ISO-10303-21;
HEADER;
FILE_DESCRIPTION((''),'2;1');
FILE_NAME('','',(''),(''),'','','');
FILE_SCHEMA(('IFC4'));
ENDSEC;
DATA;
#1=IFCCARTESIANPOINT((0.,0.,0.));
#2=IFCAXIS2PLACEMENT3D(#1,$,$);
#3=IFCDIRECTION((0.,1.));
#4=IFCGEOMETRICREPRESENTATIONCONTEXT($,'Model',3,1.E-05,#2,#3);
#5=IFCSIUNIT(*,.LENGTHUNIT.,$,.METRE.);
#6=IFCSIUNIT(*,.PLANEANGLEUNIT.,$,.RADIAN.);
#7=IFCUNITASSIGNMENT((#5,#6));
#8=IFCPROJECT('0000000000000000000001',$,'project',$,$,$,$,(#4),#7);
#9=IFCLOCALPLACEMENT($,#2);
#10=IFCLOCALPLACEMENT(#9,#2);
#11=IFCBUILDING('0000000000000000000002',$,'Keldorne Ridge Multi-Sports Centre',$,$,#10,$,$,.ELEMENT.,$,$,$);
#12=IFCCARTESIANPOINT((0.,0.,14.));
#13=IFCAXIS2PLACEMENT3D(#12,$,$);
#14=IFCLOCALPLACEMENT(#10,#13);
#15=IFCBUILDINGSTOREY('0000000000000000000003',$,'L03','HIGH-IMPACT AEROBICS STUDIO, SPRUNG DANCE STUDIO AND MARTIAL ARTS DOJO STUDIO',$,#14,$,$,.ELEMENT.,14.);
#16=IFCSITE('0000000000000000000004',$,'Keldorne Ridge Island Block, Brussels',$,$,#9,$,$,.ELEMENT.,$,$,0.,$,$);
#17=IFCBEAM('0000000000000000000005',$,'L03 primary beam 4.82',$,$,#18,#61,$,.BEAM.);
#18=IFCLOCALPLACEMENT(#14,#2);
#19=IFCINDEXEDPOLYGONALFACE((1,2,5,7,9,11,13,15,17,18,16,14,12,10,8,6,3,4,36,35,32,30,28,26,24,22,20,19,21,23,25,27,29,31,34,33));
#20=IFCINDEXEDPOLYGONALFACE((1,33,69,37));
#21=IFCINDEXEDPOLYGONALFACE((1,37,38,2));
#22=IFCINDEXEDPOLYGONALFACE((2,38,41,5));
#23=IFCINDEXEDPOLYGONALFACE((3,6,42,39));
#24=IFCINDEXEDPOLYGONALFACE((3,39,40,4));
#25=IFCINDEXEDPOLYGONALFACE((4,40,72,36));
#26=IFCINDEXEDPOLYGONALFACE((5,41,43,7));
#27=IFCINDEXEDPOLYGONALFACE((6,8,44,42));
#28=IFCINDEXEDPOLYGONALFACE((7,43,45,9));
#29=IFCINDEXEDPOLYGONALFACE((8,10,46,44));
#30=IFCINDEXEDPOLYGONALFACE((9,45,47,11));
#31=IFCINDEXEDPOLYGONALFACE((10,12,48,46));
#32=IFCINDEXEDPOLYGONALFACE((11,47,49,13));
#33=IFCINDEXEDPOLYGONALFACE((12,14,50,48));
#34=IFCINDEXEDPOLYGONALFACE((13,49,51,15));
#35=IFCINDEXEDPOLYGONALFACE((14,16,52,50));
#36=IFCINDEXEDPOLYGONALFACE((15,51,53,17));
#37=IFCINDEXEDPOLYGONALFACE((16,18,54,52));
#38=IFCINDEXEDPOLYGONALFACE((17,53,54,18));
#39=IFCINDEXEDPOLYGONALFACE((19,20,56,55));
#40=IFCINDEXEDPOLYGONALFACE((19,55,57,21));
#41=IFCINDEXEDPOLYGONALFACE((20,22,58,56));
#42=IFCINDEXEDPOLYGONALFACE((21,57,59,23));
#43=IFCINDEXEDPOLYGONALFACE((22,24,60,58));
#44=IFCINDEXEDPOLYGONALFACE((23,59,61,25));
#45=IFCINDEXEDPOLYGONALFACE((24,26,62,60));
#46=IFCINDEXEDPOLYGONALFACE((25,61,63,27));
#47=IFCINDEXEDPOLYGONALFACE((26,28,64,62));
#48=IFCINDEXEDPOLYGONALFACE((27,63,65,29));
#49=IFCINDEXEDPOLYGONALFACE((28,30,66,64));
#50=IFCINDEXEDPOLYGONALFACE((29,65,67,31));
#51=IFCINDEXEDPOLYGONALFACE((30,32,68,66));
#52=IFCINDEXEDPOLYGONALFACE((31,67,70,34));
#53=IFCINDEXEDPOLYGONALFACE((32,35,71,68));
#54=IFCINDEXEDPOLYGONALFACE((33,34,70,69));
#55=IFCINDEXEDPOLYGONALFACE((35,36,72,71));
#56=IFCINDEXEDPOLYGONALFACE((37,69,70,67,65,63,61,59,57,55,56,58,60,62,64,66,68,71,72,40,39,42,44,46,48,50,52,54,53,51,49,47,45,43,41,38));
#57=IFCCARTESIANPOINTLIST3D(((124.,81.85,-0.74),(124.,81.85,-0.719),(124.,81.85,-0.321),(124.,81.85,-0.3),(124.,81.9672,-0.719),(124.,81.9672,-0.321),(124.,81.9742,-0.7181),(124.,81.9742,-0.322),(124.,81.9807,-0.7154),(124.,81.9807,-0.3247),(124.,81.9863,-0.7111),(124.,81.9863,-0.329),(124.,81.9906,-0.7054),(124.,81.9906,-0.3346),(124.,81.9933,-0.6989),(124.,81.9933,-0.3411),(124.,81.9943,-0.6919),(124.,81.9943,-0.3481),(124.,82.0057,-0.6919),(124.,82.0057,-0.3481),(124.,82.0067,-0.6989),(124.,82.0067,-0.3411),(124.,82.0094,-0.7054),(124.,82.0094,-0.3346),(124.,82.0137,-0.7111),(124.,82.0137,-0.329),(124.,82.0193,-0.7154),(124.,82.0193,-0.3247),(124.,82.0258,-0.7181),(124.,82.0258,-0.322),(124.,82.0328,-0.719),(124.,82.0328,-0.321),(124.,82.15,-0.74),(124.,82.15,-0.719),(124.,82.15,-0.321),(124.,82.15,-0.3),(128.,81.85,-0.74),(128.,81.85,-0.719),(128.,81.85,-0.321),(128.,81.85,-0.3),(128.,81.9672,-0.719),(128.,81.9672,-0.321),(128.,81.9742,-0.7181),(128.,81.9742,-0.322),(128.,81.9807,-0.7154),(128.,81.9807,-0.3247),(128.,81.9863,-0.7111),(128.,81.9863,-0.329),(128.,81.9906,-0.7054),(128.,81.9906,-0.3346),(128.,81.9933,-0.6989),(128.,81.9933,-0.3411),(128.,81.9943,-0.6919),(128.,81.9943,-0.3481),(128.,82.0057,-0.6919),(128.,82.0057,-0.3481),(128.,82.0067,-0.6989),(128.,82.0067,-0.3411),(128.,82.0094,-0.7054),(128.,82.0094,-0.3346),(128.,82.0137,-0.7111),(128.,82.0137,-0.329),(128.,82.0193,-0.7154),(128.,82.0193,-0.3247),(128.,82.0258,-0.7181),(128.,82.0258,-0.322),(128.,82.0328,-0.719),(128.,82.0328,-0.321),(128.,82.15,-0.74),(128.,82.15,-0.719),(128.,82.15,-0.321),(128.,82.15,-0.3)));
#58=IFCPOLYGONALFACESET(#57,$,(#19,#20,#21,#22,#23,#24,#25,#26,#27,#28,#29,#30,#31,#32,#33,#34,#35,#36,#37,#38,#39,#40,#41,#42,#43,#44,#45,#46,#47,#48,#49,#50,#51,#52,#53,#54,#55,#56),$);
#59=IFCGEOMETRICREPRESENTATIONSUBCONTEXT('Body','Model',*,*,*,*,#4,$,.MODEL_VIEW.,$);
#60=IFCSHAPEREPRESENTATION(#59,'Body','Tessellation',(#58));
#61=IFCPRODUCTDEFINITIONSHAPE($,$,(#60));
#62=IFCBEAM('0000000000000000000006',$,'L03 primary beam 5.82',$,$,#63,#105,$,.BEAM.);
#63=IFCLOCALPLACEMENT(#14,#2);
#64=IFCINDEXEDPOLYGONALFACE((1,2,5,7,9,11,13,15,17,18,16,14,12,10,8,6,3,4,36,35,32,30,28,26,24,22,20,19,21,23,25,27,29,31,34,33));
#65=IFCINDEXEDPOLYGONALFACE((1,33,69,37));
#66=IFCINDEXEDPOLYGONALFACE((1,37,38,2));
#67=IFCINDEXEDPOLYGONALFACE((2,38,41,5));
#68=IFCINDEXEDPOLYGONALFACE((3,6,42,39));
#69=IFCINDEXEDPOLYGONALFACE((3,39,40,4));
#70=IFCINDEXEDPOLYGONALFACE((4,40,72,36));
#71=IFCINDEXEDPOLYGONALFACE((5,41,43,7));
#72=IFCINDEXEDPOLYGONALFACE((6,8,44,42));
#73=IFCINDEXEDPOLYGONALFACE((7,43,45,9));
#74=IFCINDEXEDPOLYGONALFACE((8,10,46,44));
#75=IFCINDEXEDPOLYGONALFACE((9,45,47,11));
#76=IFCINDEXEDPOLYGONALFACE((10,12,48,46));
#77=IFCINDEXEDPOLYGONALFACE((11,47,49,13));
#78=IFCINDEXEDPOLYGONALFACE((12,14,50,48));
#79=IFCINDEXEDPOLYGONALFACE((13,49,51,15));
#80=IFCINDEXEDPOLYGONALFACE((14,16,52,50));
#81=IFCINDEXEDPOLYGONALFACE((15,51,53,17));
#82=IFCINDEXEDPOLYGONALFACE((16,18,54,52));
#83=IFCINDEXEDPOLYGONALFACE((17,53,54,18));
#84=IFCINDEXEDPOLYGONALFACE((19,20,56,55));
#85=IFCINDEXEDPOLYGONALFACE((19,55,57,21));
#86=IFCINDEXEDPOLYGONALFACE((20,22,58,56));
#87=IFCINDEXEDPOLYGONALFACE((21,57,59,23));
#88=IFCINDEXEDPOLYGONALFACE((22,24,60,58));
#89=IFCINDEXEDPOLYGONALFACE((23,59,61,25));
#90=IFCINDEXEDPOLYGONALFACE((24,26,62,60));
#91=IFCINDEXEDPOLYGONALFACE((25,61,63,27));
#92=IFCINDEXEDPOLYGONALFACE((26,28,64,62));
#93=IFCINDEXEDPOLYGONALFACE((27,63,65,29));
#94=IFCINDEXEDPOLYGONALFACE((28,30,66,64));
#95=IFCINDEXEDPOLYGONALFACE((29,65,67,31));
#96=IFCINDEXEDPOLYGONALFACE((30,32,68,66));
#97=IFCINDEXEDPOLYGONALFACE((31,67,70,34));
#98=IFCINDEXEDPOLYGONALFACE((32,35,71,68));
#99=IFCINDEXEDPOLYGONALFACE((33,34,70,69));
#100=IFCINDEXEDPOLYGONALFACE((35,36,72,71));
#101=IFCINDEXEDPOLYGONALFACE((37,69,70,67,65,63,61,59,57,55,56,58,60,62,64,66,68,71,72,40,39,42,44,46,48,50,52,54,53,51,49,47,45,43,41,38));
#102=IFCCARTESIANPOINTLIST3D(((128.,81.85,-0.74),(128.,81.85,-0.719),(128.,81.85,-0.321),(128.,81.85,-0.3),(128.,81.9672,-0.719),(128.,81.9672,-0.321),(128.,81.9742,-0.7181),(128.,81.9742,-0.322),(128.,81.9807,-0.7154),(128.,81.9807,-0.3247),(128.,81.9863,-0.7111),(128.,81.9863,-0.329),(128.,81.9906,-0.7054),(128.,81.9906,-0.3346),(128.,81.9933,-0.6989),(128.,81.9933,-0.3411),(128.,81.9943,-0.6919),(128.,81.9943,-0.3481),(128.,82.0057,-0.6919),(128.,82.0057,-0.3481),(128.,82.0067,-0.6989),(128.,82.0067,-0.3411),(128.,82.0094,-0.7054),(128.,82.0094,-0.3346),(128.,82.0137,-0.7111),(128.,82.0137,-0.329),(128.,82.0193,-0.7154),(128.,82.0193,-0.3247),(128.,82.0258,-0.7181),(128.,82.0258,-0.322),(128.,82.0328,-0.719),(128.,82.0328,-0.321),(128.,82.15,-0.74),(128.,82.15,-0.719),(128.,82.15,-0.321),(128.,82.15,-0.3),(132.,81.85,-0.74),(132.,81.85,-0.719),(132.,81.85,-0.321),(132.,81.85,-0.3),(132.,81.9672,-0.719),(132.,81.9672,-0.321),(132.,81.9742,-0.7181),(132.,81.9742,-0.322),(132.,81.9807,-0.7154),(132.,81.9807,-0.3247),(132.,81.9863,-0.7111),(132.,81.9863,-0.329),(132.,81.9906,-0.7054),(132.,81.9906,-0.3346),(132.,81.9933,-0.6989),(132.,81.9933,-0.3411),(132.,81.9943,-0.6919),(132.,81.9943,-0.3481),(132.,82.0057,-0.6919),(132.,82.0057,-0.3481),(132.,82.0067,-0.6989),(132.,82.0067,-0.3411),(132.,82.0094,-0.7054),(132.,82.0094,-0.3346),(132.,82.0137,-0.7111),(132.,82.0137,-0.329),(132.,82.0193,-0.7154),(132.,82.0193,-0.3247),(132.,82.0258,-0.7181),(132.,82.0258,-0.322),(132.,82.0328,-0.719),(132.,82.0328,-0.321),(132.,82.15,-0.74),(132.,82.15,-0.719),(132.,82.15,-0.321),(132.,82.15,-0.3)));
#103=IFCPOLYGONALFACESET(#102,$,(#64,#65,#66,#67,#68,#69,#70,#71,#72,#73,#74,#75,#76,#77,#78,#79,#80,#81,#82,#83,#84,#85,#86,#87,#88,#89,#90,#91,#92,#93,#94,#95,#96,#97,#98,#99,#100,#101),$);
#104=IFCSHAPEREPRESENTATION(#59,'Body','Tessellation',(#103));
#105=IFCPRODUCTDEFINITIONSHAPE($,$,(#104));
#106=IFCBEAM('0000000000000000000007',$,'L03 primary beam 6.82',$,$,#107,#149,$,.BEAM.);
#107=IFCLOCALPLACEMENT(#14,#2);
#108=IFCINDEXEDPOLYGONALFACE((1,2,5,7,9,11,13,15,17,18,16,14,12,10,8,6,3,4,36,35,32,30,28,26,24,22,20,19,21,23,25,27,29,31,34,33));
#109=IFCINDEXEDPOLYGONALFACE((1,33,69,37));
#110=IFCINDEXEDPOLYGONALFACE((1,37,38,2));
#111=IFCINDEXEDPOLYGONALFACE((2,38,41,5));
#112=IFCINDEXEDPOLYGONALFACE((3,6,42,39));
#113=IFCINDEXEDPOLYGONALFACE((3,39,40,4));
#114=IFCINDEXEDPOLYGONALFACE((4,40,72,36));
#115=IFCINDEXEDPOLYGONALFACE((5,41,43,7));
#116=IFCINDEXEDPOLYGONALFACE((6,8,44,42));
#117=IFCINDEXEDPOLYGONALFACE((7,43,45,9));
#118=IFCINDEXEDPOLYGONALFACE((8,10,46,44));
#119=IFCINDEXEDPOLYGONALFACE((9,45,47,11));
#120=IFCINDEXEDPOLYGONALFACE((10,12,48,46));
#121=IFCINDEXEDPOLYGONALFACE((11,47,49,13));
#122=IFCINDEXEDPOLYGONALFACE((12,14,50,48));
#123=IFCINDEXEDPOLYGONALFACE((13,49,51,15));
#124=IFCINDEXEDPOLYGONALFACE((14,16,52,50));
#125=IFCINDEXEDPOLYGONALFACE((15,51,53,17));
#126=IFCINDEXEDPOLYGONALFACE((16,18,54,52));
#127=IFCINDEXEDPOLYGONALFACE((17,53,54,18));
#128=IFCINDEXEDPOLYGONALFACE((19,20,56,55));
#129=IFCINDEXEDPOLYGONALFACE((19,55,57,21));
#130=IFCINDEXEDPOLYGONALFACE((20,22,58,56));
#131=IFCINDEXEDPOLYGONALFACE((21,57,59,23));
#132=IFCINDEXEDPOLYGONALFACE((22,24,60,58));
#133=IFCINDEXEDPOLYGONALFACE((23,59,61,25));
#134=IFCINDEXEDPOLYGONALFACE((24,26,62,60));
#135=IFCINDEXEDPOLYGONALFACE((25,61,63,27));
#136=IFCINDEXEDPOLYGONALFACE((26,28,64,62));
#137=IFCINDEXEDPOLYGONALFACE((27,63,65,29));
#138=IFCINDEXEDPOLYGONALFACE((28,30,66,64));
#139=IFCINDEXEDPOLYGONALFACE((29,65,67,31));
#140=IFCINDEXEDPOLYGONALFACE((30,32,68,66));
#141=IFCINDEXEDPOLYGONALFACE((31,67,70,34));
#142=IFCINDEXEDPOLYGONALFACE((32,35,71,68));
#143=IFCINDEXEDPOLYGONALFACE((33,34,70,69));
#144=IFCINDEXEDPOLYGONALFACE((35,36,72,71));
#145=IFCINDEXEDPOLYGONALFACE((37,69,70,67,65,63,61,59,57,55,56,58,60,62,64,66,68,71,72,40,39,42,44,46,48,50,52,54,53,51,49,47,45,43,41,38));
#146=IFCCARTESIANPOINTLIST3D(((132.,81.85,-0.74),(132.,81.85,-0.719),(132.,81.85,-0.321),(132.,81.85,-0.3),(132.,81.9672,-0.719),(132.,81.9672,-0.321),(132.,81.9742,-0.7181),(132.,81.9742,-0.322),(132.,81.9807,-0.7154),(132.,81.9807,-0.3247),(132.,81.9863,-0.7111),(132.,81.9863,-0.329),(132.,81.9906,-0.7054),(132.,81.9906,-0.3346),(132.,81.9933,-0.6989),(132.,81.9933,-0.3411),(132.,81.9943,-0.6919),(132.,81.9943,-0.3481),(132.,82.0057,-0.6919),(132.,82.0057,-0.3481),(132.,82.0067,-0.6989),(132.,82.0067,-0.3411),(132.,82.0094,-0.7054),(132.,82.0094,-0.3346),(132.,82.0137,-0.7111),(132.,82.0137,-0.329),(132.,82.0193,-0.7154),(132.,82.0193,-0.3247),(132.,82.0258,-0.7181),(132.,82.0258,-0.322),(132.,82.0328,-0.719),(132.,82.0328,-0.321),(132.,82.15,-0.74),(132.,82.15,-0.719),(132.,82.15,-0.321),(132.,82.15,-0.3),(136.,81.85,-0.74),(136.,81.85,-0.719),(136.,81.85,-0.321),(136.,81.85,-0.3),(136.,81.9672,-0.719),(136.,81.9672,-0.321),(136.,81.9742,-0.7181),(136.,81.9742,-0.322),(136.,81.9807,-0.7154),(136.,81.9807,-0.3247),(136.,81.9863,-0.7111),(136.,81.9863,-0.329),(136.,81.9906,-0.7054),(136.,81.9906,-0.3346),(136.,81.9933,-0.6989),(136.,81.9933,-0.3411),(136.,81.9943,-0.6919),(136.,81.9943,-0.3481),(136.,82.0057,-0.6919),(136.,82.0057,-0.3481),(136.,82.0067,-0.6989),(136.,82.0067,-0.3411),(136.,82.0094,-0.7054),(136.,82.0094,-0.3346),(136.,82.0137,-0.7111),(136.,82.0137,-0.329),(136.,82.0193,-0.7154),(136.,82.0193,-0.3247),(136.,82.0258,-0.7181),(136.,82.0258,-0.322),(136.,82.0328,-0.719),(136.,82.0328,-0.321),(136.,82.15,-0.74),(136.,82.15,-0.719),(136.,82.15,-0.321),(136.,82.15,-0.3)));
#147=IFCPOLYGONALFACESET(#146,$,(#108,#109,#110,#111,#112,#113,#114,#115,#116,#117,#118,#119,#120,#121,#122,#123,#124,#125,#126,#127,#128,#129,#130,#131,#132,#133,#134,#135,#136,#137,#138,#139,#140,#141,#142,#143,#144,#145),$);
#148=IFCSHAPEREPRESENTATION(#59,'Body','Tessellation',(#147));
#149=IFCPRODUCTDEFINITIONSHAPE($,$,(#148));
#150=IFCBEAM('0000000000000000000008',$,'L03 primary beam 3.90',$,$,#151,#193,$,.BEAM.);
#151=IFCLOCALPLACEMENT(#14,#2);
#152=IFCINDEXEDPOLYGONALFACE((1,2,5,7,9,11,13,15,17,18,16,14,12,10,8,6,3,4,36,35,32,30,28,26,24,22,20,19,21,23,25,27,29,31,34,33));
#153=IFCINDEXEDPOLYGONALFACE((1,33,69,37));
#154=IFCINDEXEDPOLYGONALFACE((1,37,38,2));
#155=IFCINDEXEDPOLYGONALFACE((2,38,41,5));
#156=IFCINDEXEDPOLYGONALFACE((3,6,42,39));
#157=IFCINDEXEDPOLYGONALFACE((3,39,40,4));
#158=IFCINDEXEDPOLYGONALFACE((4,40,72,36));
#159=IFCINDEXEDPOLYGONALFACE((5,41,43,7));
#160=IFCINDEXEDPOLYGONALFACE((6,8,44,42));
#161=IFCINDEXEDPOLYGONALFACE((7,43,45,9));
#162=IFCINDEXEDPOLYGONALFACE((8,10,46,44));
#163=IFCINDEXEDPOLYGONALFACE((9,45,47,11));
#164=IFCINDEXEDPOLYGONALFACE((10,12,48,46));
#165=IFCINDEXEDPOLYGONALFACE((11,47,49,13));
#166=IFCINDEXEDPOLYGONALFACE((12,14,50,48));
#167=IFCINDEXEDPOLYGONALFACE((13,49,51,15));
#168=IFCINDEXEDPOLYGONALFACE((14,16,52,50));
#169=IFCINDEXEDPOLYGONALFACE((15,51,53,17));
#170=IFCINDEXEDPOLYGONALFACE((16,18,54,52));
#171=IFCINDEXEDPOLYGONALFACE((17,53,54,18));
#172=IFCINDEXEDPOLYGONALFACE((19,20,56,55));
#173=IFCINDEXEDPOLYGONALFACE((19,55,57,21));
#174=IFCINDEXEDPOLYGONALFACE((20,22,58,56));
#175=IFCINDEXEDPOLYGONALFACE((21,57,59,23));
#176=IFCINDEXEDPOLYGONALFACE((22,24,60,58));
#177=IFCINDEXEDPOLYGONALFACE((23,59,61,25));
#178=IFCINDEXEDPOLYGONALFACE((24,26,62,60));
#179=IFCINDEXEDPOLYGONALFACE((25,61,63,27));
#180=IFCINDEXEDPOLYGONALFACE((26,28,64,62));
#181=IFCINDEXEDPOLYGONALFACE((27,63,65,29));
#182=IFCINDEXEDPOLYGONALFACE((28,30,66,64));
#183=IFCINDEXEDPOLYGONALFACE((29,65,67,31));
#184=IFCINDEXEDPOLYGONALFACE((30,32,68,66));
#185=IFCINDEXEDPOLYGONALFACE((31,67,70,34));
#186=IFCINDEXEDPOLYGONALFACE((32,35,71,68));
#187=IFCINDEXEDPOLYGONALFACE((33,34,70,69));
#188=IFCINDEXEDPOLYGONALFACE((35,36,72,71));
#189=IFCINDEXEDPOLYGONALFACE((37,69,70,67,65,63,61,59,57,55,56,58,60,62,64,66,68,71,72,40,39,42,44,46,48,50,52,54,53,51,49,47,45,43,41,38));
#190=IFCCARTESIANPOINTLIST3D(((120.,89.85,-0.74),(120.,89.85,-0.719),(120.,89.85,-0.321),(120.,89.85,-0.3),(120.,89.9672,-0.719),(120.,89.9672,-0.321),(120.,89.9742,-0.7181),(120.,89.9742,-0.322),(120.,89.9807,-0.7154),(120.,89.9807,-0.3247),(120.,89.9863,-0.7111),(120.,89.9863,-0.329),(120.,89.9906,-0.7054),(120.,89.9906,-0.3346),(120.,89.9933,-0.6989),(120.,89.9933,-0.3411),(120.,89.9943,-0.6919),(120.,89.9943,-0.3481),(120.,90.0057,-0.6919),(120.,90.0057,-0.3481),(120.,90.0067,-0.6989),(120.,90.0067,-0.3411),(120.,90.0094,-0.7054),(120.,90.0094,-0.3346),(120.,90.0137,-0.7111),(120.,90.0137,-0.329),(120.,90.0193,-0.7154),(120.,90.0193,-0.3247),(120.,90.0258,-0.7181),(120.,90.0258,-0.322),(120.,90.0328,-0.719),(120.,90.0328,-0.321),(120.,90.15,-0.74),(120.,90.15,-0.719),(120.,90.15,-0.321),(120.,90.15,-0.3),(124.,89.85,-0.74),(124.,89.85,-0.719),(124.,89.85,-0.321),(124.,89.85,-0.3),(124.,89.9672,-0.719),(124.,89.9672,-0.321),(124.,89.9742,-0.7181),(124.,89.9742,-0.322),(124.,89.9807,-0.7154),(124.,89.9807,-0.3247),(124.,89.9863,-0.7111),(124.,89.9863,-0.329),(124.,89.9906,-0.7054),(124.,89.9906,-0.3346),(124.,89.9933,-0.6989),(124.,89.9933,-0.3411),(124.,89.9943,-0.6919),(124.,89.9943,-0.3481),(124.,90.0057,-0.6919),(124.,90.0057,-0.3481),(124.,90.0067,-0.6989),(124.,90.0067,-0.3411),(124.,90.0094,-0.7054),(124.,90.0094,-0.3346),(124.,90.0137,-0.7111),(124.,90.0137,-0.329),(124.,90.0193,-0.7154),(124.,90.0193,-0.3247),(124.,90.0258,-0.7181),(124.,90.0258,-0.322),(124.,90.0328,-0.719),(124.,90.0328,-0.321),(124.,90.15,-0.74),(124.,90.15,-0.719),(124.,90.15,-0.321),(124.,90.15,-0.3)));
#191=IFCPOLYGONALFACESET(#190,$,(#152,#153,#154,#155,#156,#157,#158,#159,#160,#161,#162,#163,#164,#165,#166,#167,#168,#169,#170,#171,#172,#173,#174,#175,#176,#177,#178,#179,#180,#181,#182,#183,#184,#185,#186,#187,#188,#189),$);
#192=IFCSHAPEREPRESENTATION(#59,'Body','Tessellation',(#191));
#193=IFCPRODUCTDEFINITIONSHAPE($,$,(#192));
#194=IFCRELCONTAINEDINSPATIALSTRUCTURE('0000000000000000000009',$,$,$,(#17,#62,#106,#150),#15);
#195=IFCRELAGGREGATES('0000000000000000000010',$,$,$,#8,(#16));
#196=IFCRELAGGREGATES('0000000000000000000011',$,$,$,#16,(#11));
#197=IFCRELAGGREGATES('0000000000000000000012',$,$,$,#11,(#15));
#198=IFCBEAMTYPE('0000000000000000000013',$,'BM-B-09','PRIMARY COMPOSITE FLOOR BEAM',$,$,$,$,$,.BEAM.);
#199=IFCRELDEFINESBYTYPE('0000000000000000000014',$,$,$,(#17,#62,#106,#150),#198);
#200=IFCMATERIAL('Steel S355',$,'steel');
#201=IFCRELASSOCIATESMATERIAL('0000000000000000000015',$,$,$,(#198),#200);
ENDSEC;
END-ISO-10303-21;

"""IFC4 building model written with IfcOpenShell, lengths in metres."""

from ifc_helpers import new_model, si_unit, direction, frame, origin, origin_2d, place, context, subcontext, project, spatial, i_section, extrude, material, material_profile, profile_set, type_object, element, save


model = new_model("IFC4")

# Units and contexts
model_context = context("Model", 3, precision=1e-05, world=origin(), true_north=direction((0.0, 1.0)))
body_context = subcontext(model_context, "Body", "Model", "MODEL_VIEW")
ifc_project = project(units=[si_unit("LENGTHUNIT", "METRE"), si_unit("PLANEANGLEUNIT", "RADIAN")], contexts=[model_context])

# Site, building, storey
site_placement = place(None, origin())
site = spatial("IfcSite", under=ifc_project, at=site_placement, Name="Keldorne Ridge Island Block, Brussels", CompositionType="ELEMENT", RefElevation=0.0)
building_placement = place(site_placement, origin())
building = spatial("IfcBuilding", under=site, at=building_placement, Name="Keldorne Ridge Multi-Sports Centre", CompositionType="ELEMENT")
storey_placement = place(building_placement, frame((0.0, 0.0, 14.0)))
storey = spatial("IfcBuildingStorey", under=building, at=storey_placement, Name="L03", Description="HIGH-IMPACT AEROBICS STUDIO, SPRUNG DANCE STUDIO AND MARTIAL ARTS DOJO STUDIO", CompositionType="ELEMENT", Elevation=14.0)

# Shared definitions
ifc_material_1 = material(Name="Steel S355", Category="steel")

# Beams
ifc_material_profile_1 = material_profile(ifc_material_1, i_section(OverallWidth=0.3, OverallDepth=0.4399, WebThickness=0.0115, FlangeThickness=0.021, FilletRadius=0.0271, at=origin_2d()), Name="HEA 450")
ifc_profile_set_1 = profile_set([ifc_material_profile_1], Name="Steel S355")
beam_type_1 = type_object("IfcBeamType", Name="BM-B-09", Description="PRIMARY COMPOSITE FLOOR BEAM", PredefinedType="BEAM", material=ifc_profile_set_1)
for number, where, z_axis, x_axis, name in (
    (1, (124.0, 82.0, -0.52), (1.0, 0.0, 0.0), (0.0, 1.0, 0.0), "L03 primary beam 4.82"),
    (2, (128.0, 82.0, -0.52), (1.0, 0.0, 0.0), (0.0, 1.0, 0.0), "L03 primary beam 5.82"),
    (3, (132.0, 82.0, -0.52), (1.0, 0.0, 0.0), (0.0, 1.0, 0.0), "L03 primary beam 6.82"),
    (4, (120.0, 90.0, -0.52), (1.0, 0.0, 0.0), (0.0, 1.0, 0.0), "L03 primary beam 3.90"),
):
    element("IfcBeam", number, at=place(storey_placement, frame(where, z_axis=z_axis, x_axis=x_axis)), inside=storey, type_object=beam_type_1, Name=name, PredefinedType="BEAM", context=body_context, shape_type="SweptSolid", body=[
        extrude(i_section(OverallWidth=0.3, OverallDepth=0.4399, WebThickness=0.0115, FlangeThickness=0.021, FilletRadius=0.0271, at=origin_2d()), origin(), (0.0, 0.0, 1.0), 4.0),
    ])

save(model, "model.ifc")
